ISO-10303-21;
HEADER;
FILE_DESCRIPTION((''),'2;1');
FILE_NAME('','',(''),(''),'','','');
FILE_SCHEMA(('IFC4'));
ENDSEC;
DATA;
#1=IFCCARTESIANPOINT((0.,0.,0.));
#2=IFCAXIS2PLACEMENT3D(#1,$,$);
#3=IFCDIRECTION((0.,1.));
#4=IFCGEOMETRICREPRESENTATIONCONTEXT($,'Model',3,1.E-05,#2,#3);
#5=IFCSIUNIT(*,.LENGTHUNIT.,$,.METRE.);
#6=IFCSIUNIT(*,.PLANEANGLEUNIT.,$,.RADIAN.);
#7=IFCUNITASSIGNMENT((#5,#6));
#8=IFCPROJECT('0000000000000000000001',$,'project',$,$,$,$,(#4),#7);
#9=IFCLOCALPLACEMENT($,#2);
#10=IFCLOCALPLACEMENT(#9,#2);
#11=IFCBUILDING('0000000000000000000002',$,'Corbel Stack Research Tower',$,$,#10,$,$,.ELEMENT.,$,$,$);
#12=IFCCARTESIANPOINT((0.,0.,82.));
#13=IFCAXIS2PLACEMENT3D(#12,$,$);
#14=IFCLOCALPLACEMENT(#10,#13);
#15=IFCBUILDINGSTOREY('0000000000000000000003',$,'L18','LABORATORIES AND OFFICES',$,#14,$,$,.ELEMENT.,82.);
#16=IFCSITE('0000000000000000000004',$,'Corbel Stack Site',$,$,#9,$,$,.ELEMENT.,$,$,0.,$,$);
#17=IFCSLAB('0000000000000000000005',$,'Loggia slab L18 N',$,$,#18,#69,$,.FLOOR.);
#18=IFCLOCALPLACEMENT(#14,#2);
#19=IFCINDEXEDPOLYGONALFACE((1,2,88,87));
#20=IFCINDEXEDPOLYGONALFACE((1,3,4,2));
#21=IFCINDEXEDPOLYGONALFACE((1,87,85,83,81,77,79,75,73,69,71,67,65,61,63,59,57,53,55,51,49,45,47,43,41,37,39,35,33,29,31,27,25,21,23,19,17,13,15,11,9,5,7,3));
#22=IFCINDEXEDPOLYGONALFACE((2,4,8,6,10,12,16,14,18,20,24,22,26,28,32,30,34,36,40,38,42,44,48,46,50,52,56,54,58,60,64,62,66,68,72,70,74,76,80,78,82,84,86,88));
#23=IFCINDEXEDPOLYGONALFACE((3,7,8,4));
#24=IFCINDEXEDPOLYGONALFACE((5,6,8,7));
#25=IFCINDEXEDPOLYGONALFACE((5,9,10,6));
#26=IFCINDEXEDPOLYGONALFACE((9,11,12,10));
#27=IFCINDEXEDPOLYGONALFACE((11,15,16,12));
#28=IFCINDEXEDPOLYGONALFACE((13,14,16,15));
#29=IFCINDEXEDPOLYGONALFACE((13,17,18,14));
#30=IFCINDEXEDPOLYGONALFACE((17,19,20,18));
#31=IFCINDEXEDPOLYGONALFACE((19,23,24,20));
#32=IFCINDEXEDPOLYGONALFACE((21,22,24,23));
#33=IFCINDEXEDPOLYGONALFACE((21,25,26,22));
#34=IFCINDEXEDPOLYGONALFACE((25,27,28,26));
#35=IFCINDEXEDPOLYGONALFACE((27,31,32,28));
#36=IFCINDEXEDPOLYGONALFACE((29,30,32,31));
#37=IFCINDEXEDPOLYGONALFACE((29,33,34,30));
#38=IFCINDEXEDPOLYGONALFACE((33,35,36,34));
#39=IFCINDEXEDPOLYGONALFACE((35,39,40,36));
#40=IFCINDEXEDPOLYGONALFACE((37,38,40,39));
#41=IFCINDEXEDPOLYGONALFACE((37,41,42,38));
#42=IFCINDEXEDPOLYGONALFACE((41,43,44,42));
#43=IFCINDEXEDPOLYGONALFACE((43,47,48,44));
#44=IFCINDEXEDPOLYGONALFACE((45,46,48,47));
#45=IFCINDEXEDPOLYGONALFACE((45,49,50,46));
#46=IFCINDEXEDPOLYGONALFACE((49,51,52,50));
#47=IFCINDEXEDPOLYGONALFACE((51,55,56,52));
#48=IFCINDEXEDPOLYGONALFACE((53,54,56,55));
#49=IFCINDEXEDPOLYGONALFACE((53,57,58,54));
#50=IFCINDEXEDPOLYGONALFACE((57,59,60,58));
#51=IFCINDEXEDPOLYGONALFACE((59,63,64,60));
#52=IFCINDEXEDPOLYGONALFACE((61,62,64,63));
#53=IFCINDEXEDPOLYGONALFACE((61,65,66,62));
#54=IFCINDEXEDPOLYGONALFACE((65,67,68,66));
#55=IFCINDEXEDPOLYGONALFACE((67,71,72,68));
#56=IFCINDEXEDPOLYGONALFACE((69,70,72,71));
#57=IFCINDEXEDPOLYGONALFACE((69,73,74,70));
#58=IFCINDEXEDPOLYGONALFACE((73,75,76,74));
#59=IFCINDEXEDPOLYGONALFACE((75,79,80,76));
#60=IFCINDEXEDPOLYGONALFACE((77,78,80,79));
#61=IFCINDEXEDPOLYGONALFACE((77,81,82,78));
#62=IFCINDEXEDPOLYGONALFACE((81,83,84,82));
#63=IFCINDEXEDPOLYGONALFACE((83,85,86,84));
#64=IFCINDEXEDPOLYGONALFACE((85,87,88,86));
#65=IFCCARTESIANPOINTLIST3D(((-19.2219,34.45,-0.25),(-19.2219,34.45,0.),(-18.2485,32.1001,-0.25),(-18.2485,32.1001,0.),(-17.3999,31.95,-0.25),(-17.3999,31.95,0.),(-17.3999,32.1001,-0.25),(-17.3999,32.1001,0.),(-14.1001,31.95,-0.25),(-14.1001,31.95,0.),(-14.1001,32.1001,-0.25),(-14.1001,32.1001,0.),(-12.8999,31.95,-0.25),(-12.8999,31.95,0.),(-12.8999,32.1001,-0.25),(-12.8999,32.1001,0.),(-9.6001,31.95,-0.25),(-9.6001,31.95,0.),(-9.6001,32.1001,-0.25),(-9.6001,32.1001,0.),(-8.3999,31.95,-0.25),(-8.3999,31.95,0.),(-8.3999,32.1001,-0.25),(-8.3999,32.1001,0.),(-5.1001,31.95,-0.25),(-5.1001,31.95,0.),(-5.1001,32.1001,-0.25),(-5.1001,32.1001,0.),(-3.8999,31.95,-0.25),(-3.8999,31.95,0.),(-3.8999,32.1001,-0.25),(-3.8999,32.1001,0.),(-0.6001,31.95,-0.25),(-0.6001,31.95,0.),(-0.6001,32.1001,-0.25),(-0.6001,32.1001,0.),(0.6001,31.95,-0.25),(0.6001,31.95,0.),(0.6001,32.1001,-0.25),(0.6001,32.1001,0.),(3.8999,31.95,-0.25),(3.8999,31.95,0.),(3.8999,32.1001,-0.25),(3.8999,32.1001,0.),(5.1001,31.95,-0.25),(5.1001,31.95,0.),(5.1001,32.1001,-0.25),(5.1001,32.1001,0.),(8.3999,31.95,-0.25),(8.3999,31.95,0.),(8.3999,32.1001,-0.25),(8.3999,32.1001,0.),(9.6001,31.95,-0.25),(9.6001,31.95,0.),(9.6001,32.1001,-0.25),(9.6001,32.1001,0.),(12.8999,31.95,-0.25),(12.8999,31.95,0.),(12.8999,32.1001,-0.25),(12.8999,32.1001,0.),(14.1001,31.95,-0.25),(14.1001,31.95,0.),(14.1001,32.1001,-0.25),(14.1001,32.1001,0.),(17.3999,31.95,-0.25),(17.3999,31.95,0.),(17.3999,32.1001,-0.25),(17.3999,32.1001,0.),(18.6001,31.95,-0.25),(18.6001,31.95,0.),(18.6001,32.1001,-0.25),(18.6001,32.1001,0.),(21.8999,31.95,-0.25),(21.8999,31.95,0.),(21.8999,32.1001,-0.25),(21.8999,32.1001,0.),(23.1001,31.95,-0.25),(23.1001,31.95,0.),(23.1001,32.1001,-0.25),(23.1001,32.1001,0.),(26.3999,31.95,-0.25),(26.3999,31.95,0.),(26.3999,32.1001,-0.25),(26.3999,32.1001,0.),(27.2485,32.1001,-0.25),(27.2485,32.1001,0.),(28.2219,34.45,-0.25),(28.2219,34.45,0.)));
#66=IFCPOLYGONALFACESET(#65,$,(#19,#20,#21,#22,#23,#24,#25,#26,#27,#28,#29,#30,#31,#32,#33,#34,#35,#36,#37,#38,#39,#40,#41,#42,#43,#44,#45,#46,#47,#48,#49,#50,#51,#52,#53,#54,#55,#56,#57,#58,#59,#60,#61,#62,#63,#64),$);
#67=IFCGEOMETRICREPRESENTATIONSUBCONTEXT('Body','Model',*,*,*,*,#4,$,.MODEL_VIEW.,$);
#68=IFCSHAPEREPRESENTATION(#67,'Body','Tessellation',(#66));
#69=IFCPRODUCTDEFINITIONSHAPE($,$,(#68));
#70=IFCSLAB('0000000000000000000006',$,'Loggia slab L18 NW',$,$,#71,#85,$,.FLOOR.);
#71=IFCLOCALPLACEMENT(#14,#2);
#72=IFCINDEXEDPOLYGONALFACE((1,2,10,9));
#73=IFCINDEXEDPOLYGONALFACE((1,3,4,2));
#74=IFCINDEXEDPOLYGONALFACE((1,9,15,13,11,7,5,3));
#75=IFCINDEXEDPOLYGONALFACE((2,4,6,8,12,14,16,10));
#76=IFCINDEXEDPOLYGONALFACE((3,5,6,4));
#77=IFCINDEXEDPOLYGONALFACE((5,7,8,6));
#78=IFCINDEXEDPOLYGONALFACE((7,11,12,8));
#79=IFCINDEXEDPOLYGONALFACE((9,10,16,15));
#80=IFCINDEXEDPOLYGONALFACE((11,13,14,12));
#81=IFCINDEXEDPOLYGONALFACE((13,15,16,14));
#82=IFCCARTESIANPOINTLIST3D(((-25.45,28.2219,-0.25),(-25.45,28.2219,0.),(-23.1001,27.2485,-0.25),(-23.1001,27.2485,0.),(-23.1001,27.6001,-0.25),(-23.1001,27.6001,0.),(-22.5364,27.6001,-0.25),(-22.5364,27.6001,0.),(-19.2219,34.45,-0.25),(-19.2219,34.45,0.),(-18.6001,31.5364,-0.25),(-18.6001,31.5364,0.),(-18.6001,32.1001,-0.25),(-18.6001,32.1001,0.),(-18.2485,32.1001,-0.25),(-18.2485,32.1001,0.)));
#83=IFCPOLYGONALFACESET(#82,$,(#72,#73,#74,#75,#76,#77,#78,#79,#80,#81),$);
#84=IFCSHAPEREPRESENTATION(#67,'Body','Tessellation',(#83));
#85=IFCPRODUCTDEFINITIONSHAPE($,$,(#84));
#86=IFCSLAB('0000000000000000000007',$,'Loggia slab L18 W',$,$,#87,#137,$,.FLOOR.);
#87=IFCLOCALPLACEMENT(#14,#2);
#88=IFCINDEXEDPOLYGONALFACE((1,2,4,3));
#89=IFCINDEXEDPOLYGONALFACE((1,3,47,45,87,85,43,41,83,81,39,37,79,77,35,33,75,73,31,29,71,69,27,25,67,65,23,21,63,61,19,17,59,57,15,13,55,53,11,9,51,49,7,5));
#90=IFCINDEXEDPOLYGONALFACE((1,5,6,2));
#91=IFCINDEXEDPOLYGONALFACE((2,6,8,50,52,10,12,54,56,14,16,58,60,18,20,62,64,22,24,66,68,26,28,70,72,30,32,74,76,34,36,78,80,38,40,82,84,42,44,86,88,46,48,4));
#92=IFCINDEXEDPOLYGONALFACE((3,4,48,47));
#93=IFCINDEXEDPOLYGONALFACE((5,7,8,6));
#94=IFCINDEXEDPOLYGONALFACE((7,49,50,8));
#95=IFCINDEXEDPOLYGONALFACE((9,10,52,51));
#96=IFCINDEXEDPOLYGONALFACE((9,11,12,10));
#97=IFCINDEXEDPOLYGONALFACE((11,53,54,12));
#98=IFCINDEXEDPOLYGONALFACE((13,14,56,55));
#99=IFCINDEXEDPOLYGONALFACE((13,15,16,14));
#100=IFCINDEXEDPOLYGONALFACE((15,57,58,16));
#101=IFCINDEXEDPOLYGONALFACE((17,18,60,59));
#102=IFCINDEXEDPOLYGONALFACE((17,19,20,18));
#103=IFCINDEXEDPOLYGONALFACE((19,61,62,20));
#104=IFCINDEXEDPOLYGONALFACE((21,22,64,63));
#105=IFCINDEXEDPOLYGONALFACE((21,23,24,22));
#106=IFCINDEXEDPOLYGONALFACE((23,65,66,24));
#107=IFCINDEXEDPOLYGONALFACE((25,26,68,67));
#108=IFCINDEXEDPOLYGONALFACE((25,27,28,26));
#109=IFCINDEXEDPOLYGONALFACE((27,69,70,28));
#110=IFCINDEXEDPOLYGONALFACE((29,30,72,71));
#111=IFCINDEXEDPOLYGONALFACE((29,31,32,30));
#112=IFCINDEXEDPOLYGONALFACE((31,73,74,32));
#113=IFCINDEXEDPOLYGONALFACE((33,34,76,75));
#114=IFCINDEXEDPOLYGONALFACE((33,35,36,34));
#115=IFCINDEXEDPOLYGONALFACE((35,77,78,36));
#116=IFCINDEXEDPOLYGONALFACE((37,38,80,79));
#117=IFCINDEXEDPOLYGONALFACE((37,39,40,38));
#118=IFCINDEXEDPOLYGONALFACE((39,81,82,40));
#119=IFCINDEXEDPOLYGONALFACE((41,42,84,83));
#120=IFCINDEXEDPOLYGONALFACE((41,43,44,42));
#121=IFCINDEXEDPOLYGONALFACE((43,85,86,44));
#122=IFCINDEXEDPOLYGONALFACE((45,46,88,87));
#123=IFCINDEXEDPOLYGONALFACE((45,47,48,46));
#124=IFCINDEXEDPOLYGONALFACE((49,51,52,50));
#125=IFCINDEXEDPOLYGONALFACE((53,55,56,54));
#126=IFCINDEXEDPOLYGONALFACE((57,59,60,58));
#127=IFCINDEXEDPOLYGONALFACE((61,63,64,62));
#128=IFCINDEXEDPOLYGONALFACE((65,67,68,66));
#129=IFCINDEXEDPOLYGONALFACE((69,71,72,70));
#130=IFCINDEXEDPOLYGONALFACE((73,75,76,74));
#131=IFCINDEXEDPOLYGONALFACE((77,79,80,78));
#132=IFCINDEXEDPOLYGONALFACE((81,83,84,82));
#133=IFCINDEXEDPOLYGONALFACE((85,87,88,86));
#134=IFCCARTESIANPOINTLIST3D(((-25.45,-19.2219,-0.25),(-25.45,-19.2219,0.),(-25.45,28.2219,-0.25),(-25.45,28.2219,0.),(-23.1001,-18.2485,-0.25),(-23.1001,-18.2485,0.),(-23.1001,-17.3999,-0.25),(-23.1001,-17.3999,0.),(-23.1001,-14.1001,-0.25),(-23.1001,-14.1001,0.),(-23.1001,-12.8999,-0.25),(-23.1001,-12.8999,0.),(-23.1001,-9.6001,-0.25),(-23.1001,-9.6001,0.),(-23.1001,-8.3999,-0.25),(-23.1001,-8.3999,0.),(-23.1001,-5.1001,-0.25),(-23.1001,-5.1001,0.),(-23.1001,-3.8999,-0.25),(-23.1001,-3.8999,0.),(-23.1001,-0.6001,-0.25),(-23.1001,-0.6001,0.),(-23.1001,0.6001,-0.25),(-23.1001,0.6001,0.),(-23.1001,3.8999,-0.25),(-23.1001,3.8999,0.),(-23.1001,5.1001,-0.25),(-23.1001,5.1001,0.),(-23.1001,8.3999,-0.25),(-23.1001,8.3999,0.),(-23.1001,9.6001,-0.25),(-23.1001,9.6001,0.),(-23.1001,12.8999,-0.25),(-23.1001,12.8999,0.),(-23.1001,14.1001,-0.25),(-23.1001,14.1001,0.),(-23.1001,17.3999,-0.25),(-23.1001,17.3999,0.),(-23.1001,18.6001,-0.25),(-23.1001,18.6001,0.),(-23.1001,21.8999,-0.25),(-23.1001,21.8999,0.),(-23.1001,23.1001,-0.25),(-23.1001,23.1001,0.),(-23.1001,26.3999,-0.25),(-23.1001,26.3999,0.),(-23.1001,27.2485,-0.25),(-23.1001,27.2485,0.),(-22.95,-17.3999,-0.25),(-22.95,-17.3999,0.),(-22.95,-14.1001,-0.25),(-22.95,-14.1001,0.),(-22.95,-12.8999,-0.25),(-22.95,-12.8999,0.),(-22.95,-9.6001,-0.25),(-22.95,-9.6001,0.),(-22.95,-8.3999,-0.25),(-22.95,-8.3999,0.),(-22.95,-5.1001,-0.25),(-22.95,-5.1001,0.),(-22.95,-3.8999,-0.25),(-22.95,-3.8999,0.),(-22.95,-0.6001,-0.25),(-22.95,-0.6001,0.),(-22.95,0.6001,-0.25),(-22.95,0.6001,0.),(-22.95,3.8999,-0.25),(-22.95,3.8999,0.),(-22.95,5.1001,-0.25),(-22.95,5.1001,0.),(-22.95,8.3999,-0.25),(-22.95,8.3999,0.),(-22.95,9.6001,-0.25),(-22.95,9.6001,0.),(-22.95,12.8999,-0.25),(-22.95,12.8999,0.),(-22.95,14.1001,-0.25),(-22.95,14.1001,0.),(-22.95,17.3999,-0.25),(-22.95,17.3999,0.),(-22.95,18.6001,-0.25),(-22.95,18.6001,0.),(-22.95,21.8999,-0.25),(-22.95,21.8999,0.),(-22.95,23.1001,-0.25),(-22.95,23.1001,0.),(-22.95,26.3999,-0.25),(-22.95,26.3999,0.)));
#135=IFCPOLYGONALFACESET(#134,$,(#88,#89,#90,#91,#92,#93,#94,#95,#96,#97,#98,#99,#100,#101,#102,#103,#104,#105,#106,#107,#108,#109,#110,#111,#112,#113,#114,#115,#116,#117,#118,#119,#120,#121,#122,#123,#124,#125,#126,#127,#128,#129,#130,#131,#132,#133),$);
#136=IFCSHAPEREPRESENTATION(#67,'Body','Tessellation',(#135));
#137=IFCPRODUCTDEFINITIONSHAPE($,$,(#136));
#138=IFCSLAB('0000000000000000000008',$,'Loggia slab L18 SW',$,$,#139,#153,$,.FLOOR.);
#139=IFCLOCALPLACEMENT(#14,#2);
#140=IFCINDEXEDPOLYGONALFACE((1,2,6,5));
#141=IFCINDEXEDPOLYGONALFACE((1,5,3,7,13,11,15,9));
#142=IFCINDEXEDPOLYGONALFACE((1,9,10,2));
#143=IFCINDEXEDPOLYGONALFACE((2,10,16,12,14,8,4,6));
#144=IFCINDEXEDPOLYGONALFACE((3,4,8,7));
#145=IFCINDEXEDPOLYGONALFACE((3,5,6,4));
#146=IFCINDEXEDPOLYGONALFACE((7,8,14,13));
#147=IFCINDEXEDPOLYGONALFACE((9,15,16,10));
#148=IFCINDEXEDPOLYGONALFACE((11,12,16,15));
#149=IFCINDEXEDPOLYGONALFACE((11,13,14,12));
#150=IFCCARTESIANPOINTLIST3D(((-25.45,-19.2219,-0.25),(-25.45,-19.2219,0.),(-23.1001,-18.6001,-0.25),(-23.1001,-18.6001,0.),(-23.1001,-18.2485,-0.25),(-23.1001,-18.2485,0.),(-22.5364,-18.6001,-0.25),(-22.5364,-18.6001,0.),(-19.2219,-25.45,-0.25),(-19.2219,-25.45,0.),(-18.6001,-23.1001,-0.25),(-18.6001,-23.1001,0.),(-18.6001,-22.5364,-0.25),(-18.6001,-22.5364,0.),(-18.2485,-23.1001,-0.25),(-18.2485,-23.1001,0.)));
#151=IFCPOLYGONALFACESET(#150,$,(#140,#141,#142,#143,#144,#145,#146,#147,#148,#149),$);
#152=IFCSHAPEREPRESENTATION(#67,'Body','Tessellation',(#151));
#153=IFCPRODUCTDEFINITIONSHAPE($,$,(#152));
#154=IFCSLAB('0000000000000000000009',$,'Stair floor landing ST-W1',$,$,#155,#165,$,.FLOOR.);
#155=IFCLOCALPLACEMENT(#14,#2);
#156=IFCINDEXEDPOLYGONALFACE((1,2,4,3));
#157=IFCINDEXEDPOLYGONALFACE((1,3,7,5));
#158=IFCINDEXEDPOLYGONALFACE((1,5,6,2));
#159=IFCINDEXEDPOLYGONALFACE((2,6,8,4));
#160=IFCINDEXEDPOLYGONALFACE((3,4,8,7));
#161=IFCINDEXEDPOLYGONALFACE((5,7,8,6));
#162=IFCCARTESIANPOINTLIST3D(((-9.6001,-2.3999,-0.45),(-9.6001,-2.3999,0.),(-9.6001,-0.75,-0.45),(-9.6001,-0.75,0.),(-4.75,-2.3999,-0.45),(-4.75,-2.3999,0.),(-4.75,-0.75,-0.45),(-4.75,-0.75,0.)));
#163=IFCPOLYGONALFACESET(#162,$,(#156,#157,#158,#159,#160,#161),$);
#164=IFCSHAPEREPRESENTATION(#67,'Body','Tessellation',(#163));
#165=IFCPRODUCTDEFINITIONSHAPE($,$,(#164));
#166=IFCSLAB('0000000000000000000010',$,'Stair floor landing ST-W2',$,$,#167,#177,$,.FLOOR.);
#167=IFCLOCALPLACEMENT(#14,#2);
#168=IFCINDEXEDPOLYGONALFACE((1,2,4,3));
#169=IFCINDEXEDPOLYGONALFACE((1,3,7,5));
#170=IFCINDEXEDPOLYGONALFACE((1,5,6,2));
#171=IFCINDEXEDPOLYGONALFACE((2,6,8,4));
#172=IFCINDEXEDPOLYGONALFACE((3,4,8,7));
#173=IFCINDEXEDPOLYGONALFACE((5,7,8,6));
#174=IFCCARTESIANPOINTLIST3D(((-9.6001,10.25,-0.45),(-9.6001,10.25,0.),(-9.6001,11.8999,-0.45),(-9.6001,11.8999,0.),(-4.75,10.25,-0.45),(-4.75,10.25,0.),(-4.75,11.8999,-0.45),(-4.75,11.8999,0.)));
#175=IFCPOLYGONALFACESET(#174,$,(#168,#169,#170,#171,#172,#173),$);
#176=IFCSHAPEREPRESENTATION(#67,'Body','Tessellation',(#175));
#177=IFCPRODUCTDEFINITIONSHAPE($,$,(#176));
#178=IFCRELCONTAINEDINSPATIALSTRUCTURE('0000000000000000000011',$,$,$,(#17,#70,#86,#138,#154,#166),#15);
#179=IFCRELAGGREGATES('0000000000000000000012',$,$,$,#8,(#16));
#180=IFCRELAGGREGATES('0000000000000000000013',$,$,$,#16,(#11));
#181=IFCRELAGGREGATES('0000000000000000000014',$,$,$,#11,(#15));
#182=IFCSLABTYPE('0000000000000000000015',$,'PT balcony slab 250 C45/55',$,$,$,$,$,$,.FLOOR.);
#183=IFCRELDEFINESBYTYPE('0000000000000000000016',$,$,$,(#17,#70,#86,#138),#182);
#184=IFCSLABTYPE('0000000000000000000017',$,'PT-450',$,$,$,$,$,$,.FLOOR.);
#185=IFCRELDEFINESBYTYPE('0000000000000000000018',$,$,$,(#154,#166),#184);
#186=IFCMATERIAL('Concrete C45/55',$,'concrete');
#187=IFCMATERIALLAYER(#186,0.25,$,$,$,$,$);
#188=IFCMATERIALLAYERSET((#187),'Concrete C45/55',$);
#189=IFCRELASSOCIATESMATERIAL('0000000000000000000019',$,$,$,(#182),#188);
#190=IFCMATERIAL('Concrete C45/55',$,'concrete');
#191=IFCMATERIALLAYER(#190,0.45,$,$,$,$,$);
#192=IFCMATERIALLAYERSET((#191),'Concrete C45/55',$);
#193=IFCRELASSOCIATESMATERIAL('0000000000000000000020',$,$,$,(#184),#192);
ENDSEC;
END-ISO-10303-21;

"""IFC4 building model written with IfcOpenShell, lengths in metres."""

from ifc_helpers import new_model, si_unit, direction, frame, origin, place, context, subcontext, project, spatial, polyline, outline, extrude, material, layer, layer_set, type_object, element, save


model = new_model("IFC4")

# Units and contexts
model_context = context("Model", 3, precision=1e-05, world=origin(), true_north=direction((0.0, 1.0)))
body_context = subcontext(model_context, "Body", "Model", "MODEL_VIEW")
ifc_project = project(units=[si_unit("LENGTHUNIT", "METRE"), si_unit("PLANEANGLEUNIT", "RADIAN")], contexts=[model_context])

# Site, building, storey
site_placement = place(None, origin())
site = spatial("IfcSite", under=ifc_project, at=site_placement, Name="Corbel Stack Site", CompositionType="ELEMENT", RefElevation=0.0)
building_placement = place(site_placement, origin())
building = spatial("IfcBuilding", under=site, at=building_placement, Name="Corbel Stack Research Tower", CompositionType="ELEMENT")
storey_placement = place(building_placement, frame((0.0, 0.0, 82.0)))
storey = spatial("IfcBuildingStorey", under=building, at=storey_placement, Name="L18", Description="LABORATORIES AND OFFICES", CompositionType="ELEMENT", Elevation=82.0)

# Slabs
ifc_material_1 = material(Name="Concrete C45/55", Category="concrete")
ifc_layer_1 = layer(ifc_material_1, 0.25)
ifc_layer_set_1 = layer_set([ifc_layer_1], Name="Concrete C45/55")
slab_type_1 = type_object("IfcSlabType", Name="PT balcony slab 250 C45/55", PredefinedType="FLOOR", material=ifc_layer_set_1)
slab_1_placement = place(storey_placement, frame((0.0, 0.0, -0.25)))
element("IfcSlab", 1, at=slab_1_placement, inside=storey, type_object=slab_type_1, Name="Loggia slab L18 N", PredefinedType="FLOOR", context=body_context, shape_type="SweptSolid", body=[
    extrude(outline(polyline([(-18.2485, 32.1001), (-17.3999, 32.1001), (-17.3999, 31.95), (-14.1001, 31.95), (-14.1001, 32.1001), (-12.8999, 32.1001), (-12.8999, 31.95), (-9.6001, 31.95), (-9.6001, 32.1001), (-8.3999, 32.1001), (-8.3999, 31.95), (-5.1001, 31.95), (-5.1001, 32.1001), (-3.8999, 32.1001), (-3.8999, 31.95), (-0.6001, 31.95), (-0.6001, 32.1001), (0.6001, 32.1001), (0.6001, 31.95), (3.8999, 31.95), (3.8999, 32.1001), (5.1001, 32.1001), (5.1001, 31.95), (8.3999, 31.95), (8.3999, 32.1001), (9.6001, 32.1001), (9.6001, 31.95), (12.8999, 31.95), (12.8999, 32.1001), (14.1001, 32.1001), (14.1001, 31.95), (17.3999, 31.95), (17.3999, 32.1001), (18.6001, 32.1001), (18.6001, 31.95), (21.8999, 31.95), (21.8999, 32.1001), (23.1001, 32.1001), (23.1001, 31.95), (26.3999, 31.95), (26.3999, 32.1001), (27.2485, 32.1001), (28.2219, 34.45), (-19.2219, 34.45), (-18.2485, 32.1001)])), origin(), (0.0, 0.0, 1.0), 0.25),
])
slab_2_placement = place(storey_placement, frame((0.0, 0.0, -0.25)))
element("IfcSlab", 2, at=slab_2_placement, inside=storey, type_object=slab_type_1, Name="Loggia slab L18 NW", PredefinedType="FLOOR", context=body_context, shape_type="SweptSolid", body=[
    extrude(outline(polyline([(-23.1001, 27.2485), (-23.1001, 27.6001), (-22.5364, 27.6001), (-18.6001, 31.5364), (-18.6001, 32.1001), (-18.2485, 32.1001), (-19.2219, 34.45), (-25.45, 28.2219), (-23.1001, 27.2485)])), origin(), (0.0, 0.0, 1.0), 0.25),
])
slab_3_placement = place(storey_placement, frame((0.0, 0.0, -0.25)))
element("IfcSlab", 3, at=slab_3_placement, inside=storey, type_object=slab_type_1, Name="Loggia slab L18 W", PredefinedType="FLOOR", context=body_context, shape_type="SweptSolid", body=[
    extrude(outline(polyline([(-23.1001, -18.2485), (-23.1001, -17.3999), (-22.95, -17.3999), (-22.95, -14.1001), (-23.1001, -14.1001), (-23.1001, -12.8999), (-22.95, -12.8999), (-22.95, -9.6001), (-23.1001, -9.6001), (-23.1001, -8.3999), (-22.95, -8.3999), (-22.95, -5.1001), (-23.1001, -5.1001), (-23.1001, -3.8999), (-22.95, -3.8999), (-22.95, -0.6001), (-23.1001, -0.6001), (-23.1001, 0.6001), (-22.95, 0.6001), (-22.95, 3.8999), (-23.1001, 3.8999), (-23.1001, 5.1001), (-22.95, 5.1001), (-22.95, 8.3999), (-23.1001, 8.3999), (-23.1001, 9.6001), (-22.95, 9.6001), (-22.95, 12.8999), (-23.1001, 12.8999), (-23.1001, 14.1001), (-22.95, 14.1001), (-22.95, 17.3999), (-23.1001, 17.3999), (-23.1001, 18.6001), (-22.95, 18.6001), (-22.95, 21.8999), (-23.1001, 21.8999), (-23.1001, 23.1001), (-22.95, 23.1001), (-22.95, 26.3999), (-23.1001, 26.3999), (-23.1001, 27.2485), (-25.45, 28.2219), (-25.45, -19.2219), (-23.1001, -18.2485)])), origin(), (0.0, 0.0, 1.0), 0.25),
])
slab_4_placement = place(storey_placement, frame((0.0, 0.0, -0.25)))
element("IfcSlab", 4, at=slab_4_placement, inside=storey, type_object=slab_type_1, Name="Loggia slab L18 SW", PredefinedType="FLOOR", context=body_context, shape_type="SweptSolid", body=[
    extrude(outline(polyline([(-18.2485, -23.1001), (-18.6001, -23.1001), (-18.6001, -22.5364), (-22.5364, -18.6001), (-23.1001, -18.6001), (-23.1001, -18.2485), (-25.45, -19.2219), (-19.2219, -25.45), (-18.2485, -23.1001)])), origin(), (0.0, 0.0, 1.0), 0.25),
])
ifc_material_2 = material(Name="Concrete C45/55", Category="concrete")
ifc_layer_2 = layer(ifc_material_2, 0.45)
ifc_layer_set_2 = layer_set([ifc_layer_2], Name="Concrete C45/55")
slab_type_2 = type_object("IfcSlabType", Name="PT-450", PredefinedType="FLOOR", material=ifc_layer_set_2)
slab_5_placement = place(storey_placement, frame((0.0, 0.0, -0.45)))
element("IfcSlab", 5, at=slab_5_placement, inside=storey, type_object=slab_type_2, Name="Stair floor landing ST-W1", PredefinedType="FLOOR", context=body_context, shape_type="SweptSolid", body=[
    extrude(outline(polyline([(-9.6001, -2.3999), (-4.75, -2.3999), (-4.75, -0.75), (-9.6001, -0.75), (-9.6001, -2.3999)])), origin(), (0.0, 0.0, 1.0), 0.45),
])
slab_6_placement = place(storey_placement, frame((0.0, 0.0, -0.45)))
element("IfcSlab", 6, at=slab_6_placement, inside=storey, type_object=slab_type_2, Name="Stair floor landing ST-W2", PredefinedType="FLOOR", context=body_context, shape_type="SweptSolid", body=[
    extrude(outline(polyline([(-9.6001, 10.25), (-4.75, 10.25), (-4.75, 11.8999), (-9.6001, 11.8999), (-9.6001, 10.25)])), origin(), (0.0, 0.0, 1.0), 0.45),
])

save(model, "model.ifc")
